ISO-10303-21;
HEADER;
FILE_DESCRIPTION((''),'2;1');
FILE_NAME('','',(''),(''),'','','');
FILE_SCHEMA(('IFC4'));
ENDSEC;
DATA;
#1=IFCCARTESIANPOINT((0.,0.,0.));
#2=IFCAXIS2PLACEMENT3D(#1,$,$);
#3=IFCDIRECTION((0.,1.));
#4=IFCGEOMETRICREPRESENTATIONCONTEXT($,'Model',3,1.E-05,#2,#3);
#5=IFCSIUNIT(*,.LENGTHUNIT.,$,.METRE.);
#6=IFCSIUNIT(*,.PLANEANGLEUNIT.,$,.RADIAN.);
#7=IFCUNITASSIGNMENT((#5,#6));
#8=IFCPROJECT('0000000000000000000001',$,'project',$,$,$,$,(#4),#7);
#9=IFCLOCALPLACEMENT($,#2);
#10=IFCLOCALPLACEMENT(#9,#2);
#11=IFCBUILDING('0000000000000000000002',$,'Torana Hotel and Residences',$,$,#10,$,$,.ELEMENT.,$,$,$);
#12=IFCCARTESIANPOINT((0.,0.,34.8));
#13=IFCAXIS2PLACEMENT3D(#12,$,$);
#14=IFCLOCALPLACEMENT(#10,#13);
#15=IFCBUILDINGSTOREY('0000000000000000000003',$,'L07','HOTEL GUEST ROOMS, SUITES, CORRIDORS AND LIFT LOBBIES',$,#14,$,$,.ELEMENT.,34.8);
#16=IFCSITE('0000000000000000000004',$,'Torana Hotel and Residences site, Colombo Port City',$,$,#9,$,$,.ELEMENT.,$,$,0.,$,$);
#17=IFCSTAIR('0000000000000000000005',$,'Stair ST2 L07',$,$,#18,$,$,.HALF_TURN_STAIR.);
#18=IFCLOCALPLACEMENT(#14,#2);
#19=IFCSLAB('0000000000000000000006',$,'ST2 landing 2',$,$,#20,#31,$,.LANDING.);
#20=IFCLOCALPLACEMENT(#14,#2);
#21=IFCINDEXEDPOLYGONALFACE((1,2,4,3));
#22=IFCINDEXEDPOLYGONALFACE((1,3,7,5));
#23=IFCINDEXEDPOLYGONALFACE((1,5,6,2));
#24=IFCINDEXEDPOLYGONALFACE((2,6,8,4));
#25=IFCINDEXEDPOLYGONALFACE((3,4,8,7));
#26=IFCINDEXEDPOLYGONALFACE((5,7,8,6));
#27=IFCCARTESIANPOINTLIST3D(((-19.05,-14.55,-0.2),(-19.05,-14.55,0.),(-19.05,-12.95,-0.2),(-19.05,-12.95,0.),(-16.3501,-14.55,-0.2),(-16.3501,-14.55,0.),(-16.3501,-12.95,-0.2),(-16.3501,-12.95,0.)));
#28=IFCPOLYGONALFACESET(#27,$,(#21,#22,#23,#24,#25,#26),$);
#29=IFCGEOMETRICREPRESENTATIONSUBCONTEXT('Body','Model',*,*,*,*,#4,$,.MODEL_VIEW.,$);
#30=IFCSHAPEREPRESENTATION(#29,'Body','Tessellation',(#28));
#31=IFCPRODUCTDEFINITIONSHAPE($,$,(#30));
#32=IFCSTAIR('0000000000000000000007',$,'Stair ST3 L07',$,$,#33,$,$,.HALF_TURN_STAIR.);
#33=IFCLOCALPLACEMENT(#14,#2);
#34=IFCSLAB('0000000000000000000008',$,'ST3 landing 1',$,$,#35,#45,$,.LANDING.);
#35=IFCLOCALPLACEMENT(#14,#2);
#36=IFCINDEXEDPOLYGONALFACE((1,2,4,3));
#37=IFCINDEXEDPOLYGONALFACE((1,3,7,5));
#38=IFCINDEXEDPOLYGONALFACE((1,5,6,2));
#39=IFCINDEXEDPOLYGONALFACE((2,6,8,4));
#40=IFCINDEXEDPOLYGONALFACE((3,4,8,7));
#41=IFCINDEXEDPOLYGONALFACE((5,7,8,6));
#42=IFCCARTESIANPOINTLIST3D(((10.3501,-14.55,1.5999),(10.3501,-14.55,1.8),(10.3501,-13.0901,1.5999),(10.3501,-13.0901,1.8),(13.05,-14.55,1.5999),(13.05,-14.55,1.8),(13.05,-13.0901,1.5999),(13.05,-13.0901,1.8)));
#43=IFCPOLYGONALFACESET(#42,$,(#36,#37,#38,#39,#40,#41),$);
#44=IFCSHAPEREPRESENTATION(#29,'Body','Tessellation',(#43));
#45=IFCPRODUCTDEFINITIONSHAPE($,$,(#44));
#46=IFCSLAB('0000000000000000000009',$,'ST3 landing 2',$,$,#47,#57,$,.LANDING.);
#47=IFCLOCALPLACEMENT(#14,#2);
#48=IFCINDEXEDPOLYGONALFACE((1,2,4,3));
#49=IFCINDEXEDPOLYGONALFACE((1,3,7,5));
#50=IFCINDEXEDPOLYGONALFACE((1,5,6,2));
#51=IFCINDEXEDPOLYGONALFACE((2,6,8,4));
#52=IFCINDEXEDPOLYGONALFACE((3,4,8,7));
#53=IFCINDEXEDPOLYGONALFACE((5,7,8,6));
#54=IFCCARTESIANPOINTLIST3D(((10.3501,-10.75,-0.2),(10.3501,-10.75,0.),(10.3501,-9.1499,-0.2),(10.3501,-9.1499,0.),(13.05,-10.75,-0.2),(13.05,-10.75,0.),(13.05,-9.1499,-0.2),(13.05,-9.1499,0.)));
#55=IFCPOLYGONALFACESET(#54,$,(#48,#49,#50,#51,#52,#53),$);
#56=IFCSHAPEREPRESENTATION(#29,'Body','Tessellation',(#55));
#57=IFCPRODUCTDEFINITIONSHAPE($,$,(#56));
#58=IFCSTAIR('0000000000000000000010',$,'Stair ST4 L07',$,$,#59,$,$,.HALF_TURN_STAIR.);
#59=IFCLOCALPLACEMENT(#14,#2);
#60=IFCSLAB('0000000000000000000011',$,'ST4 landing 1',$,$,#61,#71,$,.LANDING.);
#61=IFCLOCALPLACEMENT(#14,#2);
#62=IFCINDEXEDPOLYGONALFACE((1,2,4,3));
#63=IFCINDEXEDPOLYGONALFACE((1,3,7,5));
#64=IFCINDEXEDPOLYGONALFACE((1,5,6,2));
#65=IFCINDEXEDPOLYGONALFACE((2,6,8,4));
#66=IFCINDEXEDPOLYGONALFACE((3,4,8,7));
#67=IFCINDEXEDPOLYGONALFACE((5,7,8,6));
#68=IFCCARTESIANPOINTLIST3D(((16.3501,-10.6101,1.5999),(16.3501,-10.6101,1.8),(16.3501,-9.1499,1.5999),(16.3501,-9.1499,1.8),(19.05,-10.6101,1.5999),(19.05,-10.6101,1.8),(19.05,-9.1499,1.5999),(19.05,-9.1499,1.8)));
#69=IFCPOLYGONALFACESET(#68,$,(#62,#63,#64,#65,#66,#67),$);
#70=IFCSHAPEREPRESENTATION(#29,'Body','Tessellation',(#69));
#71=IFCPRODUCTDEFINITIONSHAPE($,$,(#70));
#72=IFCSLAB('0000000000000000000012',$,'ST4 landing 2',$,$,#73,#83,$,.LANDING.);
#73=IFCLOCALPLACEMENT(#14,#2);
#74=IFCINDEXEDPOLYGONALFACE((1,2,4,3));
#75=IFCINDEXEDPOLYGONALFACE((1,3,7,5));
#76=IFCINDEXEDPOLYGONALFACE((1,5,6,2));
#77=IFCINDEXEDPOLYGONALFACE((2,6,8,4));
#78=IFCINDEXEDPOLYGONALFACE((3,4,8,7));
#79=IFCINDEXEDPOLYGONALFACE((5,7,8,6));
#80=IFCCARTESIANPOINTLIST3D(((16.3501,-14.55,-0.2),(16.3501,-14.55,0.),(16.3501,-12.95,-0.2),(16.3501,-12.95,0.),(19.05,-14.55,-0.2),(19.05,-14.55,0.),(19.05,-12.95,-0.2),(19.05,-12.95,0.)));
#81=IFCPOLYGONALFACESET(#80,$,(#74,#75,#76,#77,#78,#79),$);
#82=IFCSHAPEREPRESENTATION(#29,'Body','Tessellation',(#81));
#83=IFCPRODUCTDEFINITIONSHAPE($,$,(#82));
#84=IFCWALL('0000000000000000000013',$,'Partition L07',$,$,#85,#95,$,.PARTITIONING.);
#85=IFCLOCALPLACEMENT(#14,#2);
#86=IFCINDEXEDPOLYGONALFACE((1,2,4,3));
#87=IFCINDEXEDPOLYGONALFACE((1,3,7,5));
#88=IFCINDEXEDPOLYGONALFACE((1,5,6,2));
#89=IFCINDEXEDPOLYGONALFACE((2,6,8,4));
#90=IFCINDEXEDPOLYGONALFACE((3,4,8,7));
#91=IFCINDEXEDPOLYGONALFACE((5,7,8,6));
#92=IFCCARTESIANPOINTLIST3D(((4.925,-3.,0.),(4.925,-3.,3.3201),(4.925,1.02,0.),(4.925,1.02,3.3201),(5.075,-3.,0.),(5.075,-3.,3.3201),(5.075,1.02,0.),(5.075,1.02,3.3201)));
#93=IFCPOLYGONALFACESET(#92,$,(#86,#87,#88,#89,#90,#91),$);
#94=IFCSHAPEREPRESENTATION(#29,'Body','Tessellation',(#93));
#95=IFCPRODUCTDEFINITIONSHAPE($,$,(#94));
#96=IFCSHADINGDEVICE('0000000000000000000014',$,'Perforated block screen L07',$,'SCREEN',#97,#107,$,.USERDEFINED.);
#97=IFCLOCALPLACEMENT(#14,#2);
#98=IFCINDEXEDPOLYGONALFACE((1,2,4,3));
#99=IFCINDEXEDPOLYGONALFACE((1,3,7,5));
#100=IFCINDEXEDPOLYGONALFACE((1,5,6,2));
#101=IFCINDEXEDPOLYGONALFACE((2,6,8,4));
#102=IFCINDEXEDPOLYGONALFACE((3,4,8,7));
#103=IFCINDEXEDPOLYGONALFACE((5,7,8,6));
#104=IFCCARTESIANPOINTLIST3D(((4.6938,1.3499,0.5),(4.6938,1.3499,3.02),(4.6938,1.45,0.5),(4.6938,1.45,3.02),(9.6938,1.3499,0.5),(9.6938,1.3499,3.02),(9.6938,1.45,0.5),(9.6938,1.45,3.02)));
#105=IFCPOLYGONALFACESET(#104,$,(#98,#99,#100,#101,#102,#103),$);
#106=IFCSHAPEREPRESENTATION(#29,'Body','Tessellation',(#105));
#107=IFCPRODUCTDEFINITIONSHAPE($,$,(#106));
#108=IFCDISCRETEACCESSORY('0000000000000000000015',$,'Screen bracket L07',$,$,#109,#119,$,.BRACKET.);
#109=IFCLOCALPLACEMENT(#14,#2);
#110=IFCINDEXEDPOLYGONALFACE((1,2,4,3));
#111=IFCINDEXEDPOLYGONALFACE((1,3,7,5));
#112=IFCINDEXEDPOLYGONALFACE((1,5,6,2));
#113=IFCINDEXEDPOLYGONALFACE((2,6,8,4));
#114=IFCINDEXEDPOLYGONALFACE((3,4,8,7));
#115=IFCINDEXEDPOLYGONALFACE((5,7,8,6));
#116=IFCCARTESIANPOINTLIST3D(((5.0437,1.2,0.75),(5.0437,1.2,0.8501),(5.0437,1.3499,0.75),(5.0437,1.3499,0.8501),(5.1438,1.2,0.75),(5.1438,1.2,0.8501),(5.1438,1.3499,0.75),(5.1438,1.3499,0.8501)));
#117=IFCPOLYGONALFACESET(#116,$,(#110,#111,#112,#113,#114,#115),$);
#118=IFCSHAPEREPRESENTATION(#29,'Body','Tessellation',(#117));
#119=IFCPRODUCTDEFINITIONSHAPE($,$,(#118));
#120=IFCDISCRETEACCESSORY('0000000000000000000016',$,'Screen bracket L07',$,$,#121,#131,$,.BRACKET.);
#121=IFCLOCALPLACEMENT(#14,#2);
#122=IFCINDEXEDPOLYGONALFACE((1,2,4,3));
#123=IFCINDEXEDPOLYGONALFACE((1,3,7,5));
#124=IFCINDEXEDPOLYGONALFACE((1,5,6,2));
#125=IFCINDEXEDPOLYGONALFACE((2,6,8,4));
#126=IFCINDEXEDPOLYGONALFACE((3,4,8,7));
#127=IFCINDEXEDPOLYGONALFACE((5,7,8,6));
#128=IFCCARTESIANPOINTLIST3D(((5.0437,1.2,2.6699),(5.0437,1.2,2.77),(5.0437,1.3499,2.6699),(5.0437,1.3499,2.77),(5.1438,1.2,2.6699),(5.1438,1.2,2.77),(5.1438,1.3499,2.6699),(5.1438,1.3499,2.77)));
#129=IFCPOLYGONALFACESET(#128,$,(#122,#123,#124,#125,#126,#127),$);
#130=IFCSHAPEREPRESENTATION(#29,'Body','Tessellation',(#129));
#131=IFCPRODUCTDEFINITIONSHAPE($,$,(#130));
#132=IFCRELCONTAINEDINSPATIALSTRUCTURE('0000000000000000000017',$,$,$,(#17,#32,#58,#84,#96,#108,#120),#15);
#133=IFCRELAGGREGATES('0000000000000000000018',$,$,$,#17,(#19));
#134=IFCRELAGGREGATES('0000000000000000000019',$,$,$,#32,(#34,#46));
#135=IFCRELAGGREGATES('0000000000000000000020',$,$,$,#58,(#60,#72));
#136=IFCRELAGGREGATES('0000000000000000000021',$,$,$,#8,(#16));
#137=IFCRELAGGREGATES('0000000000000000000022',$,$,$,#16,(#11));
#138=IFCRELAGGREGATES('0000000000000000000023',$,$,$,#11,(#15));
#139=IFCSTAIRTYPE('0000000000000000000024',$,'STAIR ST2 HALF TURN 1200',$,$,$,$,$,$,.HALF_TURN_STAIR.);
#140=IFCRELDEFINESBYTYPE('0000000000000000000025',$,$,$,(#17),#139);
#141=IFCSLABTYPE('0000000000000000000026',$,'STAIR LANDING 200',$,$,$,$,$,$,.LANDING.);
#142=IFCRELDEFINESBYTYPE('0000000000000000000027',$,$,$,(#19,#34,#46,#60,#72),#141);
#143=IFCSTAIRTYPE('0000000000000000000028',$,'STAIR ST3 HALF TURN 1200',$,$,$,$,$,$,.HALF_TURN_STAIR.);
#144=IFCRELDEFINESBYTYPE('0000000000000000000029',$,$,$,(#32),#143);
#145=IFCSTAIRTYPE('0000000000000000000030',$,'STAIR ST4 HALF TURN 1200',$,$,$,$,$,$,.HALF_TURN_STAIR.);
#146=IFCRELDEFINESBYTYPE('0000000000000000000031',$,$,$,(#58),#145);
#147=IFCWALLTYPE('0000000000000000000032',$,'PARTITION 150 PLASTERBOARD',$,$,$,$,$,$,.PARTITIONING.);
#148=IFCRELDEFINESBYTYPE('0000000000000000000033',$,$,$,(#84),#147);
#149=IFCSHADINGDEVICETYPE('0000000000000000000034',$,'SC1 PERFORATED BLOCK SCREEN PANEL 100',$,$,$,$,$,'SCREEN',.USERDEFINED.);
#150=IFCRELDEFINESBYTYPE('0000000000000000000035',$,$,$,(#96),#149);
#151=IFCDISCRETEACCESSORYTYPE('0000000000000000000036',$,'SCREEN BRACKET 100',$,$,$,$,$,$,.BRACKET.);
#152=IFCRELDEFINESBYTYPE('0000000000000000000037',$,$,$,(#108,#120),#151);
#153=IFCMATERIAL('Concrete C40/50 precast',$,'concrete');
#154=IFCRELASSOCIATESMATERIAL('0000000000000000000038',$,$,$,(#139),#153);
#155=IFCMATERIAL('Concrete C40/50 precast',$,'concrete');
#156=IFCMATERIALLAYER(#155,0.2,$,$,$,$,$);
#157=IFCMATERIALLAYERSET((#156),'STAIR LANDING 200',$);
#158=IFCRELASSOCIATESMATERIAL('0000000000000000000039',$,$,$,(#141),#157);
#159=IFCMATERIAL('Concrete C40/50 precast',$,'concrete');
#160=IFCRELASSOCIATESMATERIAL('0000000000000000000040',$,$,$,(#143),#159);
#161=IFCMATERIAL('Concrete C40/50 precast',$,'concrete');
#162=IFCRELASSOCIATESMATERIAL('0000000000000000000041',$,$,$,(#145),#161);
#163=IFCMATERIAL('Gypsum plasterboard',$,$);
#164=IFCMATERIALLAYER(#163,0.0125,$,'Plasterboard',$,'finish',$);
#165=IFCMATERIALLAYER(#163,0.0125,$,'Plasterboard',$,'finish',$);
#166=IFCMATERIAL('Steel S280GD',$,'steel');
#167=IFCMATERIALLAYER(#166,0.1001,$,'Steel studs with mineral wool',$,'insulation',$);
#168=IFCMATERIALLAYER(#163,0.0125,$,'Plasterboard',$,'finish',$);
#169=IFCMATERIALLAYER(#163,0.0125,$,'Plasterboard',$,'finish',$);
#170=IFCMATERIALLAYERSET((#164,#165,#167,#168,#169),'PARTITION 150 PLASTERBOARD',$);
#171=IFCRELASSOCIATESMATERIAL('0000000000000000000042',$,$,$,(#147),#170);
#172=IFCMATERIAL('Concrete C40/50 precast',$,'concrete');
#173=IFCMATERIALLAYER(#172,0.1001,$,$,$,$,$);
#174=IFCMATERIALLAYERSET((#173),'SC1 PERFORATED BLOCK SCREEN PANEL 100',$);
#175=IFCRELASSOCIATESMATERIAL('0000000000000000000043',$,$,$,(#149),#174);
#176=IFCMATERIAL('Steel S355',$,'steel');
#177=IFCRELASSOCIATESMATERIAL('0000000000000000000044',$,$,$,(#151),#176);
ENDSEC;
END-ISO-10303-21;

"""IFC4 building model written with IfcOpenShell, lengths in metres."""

from ifc_helpers import new_model, si_unit, direction, frame, frame_2d, origin, origin_2d, place, context, subcontext, project, spatial, polyline, rectangle, outline, extrude, material, layer, layer_set, type_object, element, aggregate, save


model = new_model("IFC4")

# Units and contexts
model_context = context("Model", 3, precision=1e-05, world=origin(), true_north=direction((0.0, 1.0)))
body_context = subcontext(model_context, "Body", "Model", "MODEL_VIEW")
ifc_project = project(units=[si_unit("LENGTHUNIT", "METRE"), si_unit("PLANEANGLEUNIT", "RADIAN")], contexts=[model_context])

# Site, building, storey
site_placement = place(None, origin())
site = spatial("IfcSite", under=ifc_project, at=site_placement, Name="Torana Hotel and Residences site, Colombo Port City", CompositionType="ELEMENT", RefElevation=0.0)
building_placement = place(site_placement, origin())
building = spatial("IfcBuilding", under=site, at=building_placement, Name="Torana Hotel and Residences", CompositionType="ELEMENT")
storey_placement = place(building_placement, frame((0.0, 0.0, 34.8)))
storey = spatial("IfcBuildingStorey", under=building, at=storey_placement, Name="L07", Description="HOTEL GUEST ROOMS, SUITES, CORRIDORS AND LIFT LOBBIES", CompositionType="ELEMENT", Elevation=34.8)

# Stair, slab
ifc_material_1 = material(Name="Concrete C40/50 precast", Category="concrete")
stair_type_1 = type_object("IfcStairType", Name="STAIR ST2 HALF TURN 1200", PredefinedType="HALF_TURN_STAIR", material=ifc_material_1)
stair_1_placement = place(storey_placement, origin())
stair_1 = element("IfcStair", 1, at=stair_1_placement, inside=storey, type_object=stair_type_1, Name="Stair ST2 L07", PredefinedType="HALF_TURN_STAIR")
ifc_material_2 = material(Name="Concrete C40/50 precast", Category="concrete")
ifc_layer_1 = layer(ifc_material_2, 0.2)
ifc_layer_set_1 = layer_set([ifc_layer_1], Name="STAIR LANDING 200")
slab_type = type_object("IfcSlabType", Name="STAIR LANDING 200", PredefinedType="LANDING", material=ifc_layer_set_1)
slab_1_placement = place(storey_placement, frame((0.0, 0.0, -0.2)))
slab_1 = element("IfcSlab", 2, at=slab_1_placement, type_object=slab_type, Name="ST2 landing 2", PredefinedType="LANDING", context=body_context, shape_type="SweptSolid", body=[
    extrude(outline(polyline([(-19.05, -14.55), (-16.3501, -14.55), (-16.3501, -12.95), (-19.05, -12.95), (-19.05, -14.55)])), origin(), (0.0, 0.0, 1.0), 0.2),
])
aggregate(stair_1, [slab_1])

# Stairs, slabs
ifc_material_3 = material(Name="Concrete C40/50 precast", Category="concrete")
stair_type_2 = type_object("IfcStairType", Name="STAIR ST3 HALF TURN 1200", PredefinedType="HALF_TURN_STAIR", material=ifc_material_3)
stair_2_placement = place(storey_placement, origin())
stair_2 = element("IfcStair", 3, at=stair_2_placement, inside=storey, type_object=stair_type_2, Name="Stair ST3 L07", PredefinedType="HALF_TURN_STAIR")
slab_2_placement = place(storey_placement, frame((0.0, 0.0, 1.5999)))
slab_2 = element("IfcSlab", 4, at=slab_2_placement, type_object=slab_type, Name="ST3 landing 1", PredefinedType="LANDING", context=body_context, shape_type="SweptSolid", body=[
    extrude(outline(polyline([(10.3501, -14.55), (13.05, -14.55), (13.05, -13.0901), (10.3501, -13.0901), (10.3501, -14.55)])), origin(), (0.0, 0.0, 1.0), 0.2002),
])
slab_3_placement = place(storey_placement, frame((0.0, 0.0, -0.2)))
slab_3 = element("IfcSlab", 5, at=slab_3_placement, type_object=slab_type, Name="ST3 landing 2", PredefinedType="LANDING", context=body_context, shape_type="SweptSolid", body=[
    extrude(outline(polyline([(10.3501, -10.75), (13.05, -10.75), (13.05, -9.1499), (10.3501, -9.1499), (10.3501, -10.75)])), origin(), (0.0, 0.0, 1.0), 0.2),
])
aggregate(stair_2, [slab_2, slab_3])
ifc_material_4 = material(Name="Concrete C40/50 precast", Category="concrete")
stair_type_3 = type_object("IfcStairType", Name="STAIR ST4 HALF TURN 1200", PredefinedType="HALF_TURN_STAIR", material=ifc_material_4)
stair_3_placement = place(storey_placement, origin())
stair_3 = element("IfcStair", 6, at=stair_3_placement, inside=storey, type_object=stair_type_3, Name="Stair ST4 L07", PredefinedType="HALF_TURN_STAIR")
slab_4_placement = place(storey_placement, frame((0.0, 0.0, 1.5999)))
slab_4 = element("IfcSlab", 7, at=slab_4_placement, type_object=slab_type, Name="ST4 landing 1", PredefinedType="LANDING", context=body_context, shape_type="SweptSolid", body=[
    extrude(outline(polyline([(16.3501, -10.6101), (19.05, -10.6101), (19.05, -9.1499), (16.3501, -9.1499), (16.3501, -10.6101)])), origin(), (0.0, 0.0, 1.0), 0.2002),
])
slab_5_placement = place(storey_placement, frame((0.0, 0.0, -0.2)))
slab_5 = element("IfcSlab", 8, at=slab_5_placement, type_object=slab_type, Name="ST4 landing 2", PredefinedType="LANDING", context=body_context, shape_type="SweptSolid", body=[
    extrude(outline(polyline([(16.3501, -14.55), (19.05, -14.55), (19.05, -12.95), (16.3501, -12.95), (16.3501, -14.55)])), origin(), (0.0, 0.0, 1.0), 0.2),
])
aggregate(stair_3, [slab_4, slab_5])

# Wall
ifc_material_5 = material(Name="Gypsum plasterboard")
ifc_layer_2 = layer(ifc_material_5, 0.0125, Name="Plasterboard", Category="finish")
ifc_layer_3 = layer(ifc_material_5, 0.0125, Name="Plasterboard", Category="finish")
ifc_material_6 = material(Name="Steel S280GD", Category="steel")
ifc_layer_4 = layer(ifc_material_6, 0.1001, Name="Steel studs with mineral wool", Category="insulation")
ifc_layer_5 = layer(ifc_material_5, 0.0125, Name="Plasterboard", Category="finish")
ifc_layer_6 = layer(ifc_material_5, 0.0125, Name="Plasterboard", Category="finish")
ifc_layer_set_2 = layer_set([ifc_layer_2, ifc_layer_3, ifc_layer_4, ifc_layer_5, ifc_layer_6], Name="PARTITION 150 PLASTERBOARD")
wall_type = type_object("IfcWallType", Name="PARTITION 150 PLASTERBOARD", PredefinedType="PARTITIONING", material=ifc_layer_set_2)
wall_placement = place(storey_placement, frame((5.0, -3.0, 0.0), z_axis=(0.0, 0.0, 1.0), x_axis=(0.0, 1.0, 0.0)))
element("IfcWall", 9, at=wall_placement, inside=storey, type_object=wall_type, Name="Partition L07", PredefinedType="PARTITIONING", context=body_context, shape_type="SweptSolid", body=[
    extrude(rectangle(XDim=4.02, YDim=0.1499, at=frame_2d((2.01, 0.0))), origin(), (0.0, 0.0, 1.0), 3.3201),
])

# Shading device
ifc_material_7 = material(Name="Concrete C40/50 precast", Category="concrete")
ifc_layer_7 = layer(ifc_material_7, 0.1001)
ifc_layer_set_3 = layer_set([ifc_layer_7], Name="SC1 PERFORATED BLOCK SCREEN PANEL 100")
shading_device_type = type_object("IfcShadingDeviceType", Name="SC1 PERFORATED BLOCK SCREEN PANEL 100", ElementType="SCREEN", PredefinedType="USERDEFINED", material=ifc_layer_set_3)
shading_device_placement = place(storey_placement, frame((7.1938, 1.3999, 0.5), z_axis=(0.0, 0.0, 1.0), x_axis=(-1.0, 0.0, 0.0)))
element("IfcShadingDevice", 10, at=shading_device_placement, inside=storey, type_object=shading_device_type, Name="Perforated block screen L07", ObjectType="SCREEN", PredefinedType="USERDEFINED", context=body_context, shape_type="SweptSolid", body=[
    extrude(rectangle(XDim=5.0, YDim=0.1001, at=origin_2d()), origin(), (0.0, 0.0, 1.0), 2.52),
])

# Discrete accessories
ifc_material_8 = material(Name="Steel S355", Category="steel")
discrete_accessory_type = type_object("IfcDiscreteAccessoryType", Name="SCREEN BRACKET 100", PredefinedType="BRACKET", material=ifc_material_8)
for number, where, z_axis, x_axis, name in (
    (11, (5.0938, 1.2749, 0.75), (0.0, 0.0, 1.0), (-1.0, 0.0, 0.0), "Screen bracket L07"),
    (12, (5.0938, 1.2749, 2.6699), (0.0, 0.0, 1.0), (-1.0, 0.0, 0.0), "Screen bracket L07"),
):
    element("IfcDiscreteAccessory", number, at=place(storey_placement, frame(where, z_axis=z_axis, x_axis=x_axis)), inside=storey, type_object=discrete_accessory_type, Name=name, PredefinedType="BRACKET", context=body_context, shape_type="SweptSolid", body=[
        extrude(rectangle(XDim=0.1001, YDim=0.1499, at=origin_2d()), origin(), (0.0, 0.0, 1.0), 0.1001),
    ])

save(model, "model.ifc")
